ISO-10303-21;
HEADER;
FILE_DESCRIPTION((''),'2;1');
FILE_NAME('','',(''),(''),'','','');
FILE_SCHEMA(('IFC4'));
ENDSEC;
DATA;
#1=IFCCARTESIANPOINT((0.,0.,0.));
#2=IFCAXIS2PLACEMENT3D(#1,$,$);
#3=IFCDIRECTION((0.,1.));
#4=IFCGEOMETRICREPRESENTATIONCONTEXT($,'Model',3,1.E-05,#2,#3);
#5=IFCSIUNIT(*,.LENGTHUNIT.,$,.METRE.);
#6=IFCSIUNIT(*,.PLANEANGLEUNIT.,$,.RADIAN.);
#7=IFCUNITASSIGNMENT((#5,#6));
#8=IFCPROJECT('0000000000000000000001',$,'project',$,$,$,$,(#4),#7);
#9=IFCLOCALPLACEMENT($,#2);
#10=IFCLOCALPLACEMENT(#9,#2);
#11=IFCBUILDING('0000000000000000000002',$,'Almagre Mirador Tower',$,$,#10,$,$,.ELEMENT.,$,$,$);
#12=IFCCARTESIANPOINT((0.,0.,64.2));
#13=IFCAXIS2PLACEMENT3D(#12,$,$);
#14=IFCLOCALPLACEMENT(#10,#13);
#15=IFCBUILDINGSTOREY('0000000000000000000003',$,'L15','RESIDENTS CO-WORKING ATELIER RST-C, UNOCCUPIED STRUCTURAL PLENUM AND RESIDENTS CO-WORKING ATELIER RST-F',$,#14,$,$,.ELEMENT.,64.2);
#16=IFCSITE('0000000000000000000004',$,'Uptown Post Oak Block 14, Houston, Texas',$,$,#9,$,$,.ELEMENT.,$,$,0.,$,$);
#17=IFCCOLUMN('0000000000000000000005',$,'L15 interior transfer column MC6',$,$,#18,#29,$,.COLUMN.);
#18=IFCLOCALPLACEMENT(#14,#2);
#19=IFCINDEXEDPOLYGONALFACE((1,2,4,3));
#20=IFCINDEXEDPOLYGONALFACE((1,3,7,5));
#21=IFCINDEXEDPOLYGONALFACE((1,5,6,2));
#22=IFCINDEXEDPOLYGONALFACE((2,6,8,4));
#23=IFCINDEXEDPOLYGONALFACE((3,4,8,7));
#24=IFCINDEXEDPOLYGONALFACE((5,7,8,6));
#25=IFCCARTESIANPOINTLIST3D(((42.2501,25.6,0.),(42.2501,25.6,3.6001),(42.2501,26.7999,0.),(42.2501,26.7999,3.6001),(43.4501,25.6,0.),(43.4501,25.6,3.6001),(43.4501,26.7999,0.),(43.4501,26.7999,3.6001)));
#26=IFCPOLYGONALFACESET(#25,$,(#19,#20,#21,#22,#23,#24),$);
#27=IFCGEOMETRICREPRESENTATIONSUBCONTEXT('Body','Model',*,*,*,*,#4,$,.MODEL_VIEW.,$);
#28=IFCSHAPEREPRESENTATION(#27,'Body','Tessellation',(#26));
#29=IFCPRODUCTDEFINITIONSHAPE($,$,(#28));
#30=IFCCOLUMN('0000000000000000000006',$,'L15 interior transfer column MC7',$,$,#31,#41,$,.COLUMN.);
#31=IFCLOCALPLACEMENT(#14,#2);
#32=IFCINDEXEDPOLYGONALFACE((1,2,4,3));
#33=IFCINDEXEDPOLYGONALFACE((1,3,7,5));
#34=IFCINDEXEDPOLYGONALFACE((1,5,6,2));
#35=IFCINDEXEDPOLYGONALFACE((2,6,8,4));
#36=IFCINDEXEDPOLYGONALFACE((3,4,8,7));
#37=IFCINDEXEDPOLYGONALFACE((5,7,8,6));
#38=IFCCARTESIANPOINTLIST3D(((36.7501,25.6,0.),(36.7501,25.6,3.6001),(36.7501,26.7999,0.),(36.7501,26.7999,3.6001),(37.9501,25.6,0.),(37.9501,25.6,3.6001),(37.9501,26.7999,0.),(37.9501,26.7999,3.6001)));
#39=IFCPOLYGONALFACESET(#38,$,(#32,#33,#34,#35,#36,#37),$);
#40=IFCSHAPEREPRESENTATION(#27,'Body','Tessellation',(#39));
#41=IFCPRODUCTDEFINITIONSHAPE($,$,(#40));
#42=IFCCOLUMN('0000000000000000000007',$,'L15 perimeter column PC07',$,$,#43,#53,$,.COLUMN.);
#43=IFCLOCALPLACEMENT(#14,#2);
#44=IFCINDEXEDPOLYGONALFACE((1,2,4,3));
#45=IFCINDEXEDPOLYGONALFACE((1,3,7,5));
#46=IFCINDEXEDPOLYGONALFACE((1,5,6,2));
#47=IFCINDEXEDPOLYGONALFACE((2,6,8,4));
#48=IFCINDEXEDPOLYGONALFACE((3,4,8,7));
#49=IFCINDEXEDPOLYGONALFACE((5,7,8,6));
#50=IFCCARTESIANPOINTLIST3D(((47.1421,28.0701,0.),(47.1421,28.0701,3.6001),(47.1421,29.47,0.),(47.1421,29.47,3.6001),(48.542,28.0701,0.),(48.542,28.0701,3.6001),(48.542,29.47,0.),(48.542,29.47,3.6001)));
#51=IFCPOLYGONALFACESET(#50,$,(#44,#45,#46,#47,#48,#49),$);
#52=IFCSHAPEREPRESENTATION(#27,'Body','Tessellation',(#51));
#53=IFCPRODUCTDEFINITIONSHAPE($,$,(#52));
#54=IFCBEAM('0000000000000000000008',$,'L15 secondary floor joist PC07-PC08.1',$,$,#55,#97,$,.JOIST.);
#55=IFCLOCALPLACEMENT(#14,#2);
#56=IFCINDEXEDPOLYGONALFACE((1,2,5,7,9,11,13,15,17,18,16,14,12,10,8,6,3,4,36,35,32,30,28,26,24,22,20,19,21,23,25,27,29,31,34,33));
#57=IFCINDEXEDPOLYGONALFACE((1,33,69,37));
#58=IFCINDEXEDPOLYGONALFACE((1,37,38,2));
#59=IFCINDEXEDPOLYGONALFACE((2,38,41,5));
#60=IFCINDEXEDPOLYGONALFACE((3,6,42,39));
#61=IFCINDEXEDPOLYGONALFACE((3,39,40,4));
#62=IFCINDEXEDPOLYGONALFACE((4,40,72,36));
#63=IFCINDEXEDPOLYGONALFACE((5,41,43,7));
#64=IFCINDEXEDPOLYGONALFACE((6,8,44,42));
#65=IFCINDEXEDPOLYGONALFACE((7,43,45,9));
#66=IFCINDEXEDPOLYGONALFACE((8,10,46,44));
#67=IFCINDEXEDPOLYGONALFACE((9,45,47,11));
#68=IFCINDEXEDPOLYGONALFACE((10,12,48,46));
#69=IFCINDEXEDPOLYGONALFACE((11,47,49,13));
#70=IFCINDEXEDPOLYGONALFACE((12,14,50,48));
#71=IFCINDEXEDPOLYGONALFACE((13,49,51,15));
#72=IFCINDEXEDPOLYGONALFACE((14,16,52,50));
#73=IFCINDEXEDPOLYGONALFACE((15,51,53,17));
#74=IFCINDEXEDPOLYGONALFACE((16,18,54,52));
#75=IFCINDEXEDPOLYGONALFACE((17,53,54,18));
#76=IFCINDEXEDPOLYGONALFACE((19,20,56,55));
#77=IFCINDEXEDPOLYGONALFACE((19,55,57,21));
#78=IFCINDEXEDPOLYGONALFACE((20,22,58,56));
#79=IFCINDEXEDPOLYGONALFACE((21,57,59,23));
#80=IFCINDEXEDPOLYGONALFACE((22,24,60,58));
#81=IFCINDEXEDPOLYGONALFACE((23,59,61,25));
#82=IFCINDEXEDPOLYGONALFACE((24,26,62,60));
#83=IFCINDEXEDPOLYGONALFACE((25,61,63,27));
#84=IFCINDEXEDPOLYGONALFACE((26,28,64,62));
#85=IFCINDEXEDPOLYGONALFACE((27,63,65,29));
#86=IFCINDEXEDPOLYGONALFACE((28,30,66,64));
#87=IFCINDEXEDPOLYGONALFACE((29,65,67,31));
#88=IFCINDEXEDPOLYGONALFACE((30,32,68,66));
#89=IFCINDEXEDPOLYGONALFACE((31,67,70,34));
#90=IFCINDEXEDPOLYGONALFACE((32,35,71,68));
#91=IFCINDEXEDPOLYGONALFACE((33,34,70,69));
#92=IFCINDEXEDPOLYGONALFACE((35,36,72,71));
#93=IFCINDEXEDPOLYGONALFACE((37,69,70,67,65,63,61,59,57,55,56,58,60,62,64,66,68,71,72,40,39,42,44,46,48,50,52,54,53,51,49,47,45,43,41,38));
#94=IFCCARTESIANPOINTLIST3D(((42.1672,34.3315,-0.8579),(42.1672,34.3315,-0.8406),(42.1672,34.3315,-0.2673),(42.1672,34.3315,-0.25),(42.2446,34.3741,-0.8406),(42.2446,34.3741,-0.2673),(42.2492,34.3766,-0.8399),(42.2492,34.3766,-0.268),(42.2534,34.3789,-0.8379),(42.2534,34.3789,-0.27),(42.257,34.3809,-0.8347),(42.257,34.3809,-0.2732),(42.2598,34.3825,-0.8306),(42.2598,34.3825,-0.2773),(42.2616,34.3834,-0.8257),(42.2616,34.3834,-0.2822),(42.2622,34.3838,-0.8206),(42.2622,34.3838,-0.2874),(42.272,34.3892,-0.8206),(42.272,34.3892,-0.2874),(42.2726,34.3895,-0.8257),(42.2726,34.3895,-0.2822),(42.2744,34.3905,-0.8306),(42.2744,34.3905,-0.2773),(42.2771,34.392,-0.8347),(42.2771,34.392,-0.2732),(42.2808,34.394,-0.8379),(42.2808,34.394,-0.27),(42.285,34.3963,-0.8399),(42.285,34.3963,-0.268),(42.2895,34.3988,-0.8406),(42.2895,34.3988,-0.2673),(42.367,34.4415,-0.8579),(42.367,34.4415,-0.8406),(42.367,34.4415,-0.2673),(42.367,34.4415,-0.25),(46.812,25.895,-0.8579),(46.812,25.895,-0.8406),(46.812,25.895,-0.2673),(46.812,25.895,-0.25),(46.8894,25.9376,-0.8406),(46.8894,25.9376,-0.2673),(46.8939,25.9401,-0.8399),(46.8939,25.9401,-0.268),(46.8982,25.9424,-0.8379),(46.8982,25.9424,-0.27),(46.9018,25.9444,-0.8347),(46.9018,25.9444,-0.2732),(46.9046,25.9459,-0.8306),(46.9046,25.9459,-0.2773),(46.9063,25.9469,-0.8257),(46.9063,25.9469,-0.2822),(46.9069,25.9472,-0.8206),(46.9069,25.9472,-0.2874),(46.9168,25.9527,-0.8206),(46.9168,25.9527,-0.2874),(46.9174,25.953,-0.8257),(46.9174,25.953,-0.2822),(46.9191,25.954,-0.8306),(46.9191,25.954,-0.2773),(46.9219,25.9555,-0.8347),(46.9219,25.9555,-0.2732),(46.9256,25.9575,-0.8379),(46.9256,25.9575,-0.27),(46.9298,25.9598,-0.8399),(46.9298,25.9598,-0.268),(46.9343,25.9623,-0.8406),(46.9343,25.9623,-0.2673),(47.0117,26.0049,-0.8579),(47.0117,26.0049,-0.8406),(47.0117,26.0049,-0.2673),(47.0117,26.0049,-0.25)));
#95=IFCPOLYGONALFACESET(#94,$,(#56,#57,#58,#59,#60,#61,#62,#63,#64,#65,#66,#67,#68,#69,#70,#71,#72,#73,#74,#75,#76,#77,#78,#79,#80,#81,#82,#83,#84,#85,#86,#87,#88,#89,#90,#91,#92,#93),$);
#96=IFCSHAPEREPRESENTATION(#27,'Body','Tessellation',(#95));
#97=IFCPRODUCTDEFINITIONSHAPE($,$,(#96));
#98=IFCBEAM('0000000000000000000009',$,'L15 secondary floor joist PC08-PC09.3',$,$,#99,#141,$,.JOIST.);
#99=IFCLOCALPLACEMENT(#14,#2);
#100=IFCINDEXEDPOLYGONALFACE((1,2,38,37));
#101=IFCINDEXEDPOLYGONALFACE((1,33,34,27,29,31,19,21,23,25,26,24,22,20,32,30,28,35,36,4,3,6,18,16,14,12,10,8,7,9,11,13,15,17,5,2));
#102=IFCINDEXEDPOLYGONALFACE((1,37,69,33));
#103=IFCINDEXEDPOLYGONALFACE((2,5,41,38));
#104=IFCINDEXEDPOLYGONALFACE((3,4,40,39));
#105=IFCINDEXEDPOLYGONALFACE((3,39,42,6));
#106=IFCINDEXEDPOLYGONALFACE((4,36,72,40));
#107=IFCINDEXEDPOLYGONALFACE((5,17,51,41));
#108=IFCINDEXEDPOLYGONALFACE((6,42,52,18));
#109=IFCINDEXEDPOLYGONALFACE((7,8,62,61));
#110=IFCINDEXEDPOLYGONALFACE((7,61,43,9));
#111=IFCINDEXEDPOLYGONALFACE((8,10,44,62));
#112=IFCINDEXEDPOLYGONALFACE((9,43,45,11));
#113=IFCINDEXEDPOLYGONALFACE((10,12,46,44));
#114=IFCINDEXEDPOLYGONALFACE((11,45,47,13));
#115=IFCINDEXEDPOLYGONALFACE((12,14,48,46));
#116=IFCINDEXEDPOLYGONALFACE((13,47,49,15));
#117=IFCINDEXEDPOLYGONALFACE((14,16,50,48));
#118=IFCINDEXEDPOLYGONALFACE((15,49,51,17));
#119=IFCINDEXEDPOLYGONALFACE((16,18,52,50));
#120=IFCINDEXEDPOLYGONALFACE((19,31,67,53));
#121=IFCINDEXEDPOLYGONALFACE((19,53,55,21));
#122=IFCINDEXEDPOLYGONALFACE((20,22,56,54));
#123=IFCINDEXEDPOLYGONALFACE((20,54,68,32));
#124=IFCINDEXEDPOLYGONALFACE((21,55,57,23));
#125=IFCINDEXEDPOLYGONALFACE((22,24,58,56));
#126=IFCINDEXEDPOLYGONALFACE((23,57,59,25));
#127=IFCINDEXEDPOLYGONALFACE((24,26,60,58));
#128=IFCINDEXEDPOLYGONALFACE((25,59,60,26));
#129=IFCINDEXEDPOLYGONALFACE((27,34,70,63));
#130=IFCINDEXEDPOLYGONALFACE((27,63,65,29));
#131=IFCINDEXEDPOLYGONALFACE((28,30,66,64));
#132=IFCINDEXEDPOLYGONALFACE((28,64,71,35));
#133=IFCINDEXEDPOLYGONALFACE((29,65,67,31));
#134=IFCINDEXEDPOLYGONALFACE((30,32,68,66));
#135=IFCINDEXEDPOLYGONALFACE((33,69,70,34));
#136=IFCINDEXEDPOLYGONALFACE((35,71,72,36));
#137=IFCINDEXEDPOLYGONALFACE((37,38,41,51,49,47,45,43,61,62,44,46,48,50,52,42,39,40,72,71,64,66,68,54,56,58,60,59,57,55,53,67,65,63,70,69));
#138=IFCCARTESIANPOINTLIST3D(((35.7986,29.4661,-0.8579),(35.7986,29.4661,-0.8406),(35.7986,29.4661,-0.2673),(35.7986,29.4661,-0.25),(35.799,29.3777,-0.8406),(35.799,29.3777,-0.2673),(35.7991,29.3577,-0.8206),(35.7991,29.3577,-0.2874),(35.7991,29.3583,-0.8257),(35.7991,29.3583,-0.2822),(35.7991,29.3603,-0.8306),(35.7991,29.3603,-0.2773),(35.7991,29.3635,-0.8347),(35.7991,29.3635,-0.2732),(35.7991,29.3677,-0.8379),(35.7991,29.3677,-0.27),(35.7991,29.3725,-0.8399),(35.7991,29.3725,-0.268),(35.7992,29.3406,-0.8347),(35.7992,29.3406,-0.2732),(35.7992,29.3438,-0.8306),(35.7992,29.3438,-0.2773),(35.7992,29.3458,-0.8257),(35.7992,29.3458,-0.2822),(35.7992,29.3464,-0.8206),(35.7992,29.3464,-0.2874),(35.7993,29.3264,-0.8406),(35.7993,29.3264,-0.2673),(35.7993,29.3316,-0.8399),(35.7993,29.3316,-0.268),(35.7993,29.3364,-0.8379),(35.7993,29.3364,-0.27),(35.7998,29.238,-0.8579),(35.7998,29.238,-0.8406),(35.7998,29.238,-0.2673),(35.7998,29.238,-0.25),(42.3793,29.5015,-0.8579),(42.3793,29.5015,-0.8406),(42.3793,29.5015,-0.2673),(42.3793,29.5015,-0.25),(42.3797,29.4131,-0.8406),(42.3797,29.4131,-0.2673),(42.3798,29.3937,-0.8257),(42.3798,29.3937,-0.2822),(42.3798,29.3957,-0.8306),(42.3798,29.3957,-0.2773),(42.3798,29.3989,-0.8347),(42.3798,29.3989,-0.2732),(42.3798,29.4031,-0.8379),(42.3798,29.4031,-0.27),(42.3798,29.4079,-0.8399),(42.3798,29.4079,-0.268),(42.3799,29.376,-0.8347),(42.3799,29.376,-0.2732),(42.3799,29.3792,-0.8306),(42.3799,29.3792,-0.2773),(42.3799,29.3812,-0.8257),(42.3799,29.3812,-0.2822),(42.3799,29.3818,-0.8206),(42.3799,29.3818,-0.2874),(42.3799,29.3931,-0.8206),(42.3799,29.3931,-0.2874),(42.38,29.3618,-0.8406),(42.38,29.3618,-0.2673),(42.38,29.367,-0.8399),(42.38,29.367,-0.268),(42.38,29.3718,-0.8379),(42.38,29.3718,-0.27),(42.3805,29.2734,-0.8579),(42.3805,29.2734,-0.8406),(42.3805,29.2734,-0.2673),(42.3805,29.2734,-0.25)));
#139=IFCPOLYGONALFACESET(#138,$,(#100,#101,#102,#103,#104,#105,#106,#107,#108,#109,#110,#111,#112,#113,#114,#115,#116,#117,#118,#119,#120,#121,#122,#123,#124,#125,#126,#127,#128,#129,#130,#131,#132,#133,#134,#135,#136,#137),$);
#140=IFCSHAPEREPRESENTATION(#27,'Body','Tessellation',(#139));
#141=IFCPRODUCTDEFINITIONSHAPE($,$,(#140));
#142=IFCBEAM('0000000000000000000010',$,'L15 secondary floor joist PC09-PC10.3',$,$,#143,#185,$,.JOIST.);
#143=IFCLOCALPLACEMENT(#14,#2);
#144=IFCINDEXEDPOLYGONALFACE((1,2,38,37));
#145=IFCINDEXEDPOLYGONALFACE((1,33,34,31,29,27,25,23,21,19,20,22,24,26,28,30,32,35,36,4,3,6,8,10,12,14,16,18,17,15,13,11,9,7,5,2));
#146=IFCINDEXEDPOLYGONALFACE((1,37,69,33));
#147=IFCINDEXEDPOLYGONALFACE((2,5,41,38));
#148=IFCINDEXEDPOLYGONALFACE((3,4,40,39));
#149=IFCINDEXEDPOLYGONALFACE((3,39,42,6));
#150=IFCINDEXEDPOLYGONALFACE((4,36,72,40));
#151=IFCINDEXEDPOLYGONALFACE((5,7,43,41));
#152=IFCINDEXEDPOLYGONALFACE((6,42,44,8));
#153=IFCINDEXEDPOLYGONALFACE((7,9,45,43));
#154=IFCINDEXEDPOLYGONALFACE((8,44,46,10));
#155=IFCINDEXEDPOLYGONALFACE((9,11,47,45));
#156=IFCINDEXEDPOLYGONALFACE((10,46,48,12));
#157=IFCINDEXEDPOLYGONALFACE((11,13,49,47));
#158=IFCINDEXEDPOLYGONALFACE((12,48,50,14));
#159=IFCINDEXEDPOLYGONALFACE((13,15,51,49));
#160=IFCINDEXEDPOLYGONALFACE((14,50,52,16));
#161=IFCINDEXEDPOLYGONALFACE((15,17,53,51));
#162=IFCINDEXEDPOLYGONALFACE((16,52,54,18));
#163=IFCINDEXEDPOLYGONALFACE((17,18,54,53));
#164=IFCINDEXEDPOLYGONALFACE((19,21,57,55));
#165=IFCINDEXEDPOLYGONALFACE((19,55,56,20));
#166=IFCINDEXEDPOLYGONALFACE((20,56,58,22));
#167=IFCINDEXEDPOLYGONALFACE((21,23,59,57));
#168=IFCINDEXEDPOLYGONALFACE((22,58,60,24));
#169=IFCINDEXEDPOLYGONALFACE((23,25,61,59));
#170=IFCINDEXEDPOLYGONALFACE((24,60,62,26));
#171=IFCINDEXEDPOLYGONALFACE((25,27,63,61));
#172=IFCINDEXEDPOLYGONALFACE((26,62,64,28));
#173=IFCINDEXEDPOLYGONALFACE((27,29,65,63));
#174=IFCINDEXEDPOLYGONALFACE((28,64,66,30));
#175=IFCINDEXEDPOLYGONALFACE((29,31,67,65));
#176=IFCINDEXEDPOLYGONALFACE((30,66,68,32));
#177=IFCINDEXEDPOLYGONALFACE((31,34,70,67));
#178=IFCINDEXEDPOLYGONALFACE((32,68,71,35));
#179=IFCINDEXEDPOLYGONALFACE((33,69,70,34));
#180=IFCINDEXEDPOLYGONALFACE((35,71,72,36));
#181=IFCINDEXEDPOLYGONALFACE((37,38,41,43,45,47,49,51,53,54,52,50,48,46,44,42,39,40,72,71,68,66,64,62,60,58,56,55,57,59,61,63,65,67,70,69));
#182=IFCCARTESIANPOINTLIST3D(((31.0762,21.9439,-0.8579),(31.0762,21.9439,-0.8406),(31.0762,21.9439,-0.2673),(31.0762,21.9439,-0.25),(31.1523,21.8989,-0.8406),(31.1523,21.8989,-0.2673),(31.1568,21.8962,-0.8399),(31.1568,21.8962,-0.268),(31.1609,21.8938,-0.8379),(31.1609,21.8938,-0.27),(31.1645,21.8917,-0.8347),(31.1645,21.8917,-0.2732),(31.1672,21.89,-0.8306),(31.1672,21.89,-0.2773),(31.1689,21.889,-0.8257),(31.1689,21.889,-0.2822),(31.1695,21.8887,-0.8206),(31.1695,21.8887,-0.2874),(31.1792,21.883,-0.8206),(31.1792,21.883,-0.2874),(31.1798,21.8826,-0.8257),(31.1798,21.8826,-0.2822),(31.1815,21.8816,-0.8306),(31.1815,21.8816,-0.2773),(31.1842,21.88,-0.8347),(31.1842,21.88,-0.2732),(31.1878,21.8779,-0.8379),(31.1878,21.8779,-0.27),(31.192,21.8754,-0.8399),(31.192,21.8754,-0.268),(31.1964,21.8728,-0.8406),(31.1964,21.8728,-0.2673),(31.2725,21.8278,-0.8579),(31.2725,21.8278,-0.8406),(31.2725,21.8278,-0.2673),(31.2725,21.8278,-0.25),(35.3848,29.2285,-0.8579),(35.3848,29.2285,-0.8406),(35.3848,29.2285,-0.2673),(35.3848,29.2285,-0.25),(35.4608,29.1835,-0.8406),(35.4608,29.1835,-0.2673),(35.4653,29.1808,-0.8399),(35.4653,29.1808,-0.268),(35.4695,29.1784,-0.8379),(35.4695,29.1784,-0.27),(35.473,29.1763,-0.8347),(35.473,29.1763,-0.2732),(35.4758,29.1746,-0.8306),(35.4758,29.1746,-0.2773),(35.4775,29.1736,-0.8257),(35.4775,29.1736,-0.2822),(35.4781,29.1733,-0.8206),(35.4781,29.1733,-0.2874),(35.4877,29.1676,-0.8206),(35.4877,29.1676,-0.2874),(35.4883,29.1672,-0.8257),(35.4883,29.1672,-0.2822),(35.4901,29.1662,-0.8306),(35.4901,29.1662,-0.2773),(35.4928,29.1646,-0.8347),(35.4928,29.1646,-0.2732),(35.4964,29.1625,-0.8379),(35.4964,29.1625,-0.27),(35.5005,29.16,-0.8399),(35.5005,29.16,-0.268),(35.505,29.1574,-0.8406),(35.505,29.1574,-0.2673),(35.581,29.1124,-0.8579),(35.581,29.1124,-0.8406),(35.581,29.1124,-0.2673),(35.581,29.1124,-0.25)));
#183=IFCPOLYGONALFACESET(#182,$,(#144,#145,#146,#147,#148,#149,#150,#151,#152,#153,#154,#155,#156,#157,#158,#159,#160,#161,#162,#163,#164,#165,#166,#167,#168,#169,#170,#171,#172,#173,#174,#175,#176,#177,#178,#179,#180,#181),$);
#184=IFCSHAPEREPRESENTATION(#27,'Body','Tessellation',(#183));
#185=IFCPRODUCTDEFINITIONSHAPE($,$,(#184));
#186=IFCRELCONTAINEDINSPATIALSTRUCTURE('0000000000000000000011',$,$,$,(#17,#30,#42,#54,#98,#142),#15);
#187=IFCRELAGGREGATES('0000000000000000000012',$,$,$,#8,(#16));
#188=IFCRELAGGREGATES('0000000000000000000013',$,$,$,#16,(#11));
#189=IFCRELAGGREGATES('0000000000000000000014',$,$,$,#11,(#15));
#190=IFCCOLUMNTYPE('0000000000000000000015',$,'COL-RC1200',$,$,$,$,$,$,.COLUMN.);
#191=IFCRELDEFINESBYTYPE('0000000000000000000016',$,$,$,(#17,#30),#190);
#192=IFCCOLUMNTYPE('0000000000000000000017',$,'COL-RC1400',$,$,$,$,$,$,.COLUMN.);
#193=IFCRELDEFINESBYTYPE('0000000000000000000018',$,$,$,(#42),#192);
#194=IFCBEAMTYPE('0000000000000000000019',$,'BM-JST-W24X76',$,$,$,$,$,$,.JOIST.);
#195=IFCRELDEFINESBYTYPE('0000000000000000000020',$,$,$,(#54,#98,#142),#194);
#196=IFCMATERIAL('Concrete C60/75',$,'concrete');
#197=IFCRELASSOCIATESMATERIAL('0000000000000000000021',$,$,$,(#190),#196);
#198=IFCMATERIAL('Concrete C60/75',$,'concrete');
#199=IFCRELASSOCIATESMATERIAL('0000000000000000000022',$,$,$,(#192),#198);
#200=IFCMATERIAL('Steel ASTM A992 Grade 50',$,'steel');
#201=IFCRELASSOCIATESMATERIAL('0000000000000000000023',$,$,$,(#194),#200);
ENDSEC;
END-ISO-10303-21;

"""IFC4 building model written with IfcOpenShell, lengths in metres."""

from ifc_helpers import new_model, si_unit, direction, frame, origin, origin_2d, place, context, subcontext, project, spatial, rectangle, i_section, extrude, material, material_profile, profile_set, type_object, element, save


model = new_model("IFC4")

# Units and contexts
model_context = context("Model", 3, precision=1e-05, world=origin(), true_north=direction((0.0, 1.0)))
body_context = subcontext(model_context, "Body", "Model", "MODEL_VIEW")
ifc_project = project(units=[si_unit("LENGTHUNIT", "METRE"), si_unit("PLANEANGLEUNIT", "RADIAN")], contexts=[model_context])

# Site, building, storey
site_placement = place(None, origin())
site = spatial("IfcSite", under=ifc_project, at=site_placement, Name="Uptown Post Oak Block 14, Houston, Texas", CompositionType="ELEMENT", RefElevation=0.0)
building_placement = place(site_placement, origin())
building = spatial("IfcBuilding", under=site, at=building_placement, Name="Almagre Mirador Tower", CompositionType="ELEMENT")
storey_placement = place(building_placement, frame((0.0, 0.0, 64.2)))
storey = spatial("IfcBuildingStorey", under=building, at=storey_placement, Name="L15", Description="RESIDENTS CO-WORKING ATELIER RST-C, UNOCCUPIED STRUCTURAL PLENUM AND RESIDENTS CO-WORKING ATELIER RST-F", CompositionType="ELEMENT", Elevation=64.2)

# Columns
ifc_material_1 = material(Name="Concrete C60/75", Category="concrete")
ifc_material_profile_1 = material_profile(ifc_material_1, rectangle(XDim=1.2, YDim=1.2, at=origin_2d()), Name="RC1200X1200")
ifc_profile_set_1 = profile_set([ifc_material_profile_1], Name="Concrete C60/75")
column_type_1 = type_object("IfcColumnType", Name="COL-RC1200", PredefinedType="COLUMN", material=ifc_profile_set_1)
for number, where, z_axis, x_axis, name in (
    (1, (42.8501, 26.2, 0.0), (0.0, 0.0, 1.0), (1.0, 0.0, 0.0), "L15 interior transfer column MC6"),
    (2, (37.3501, 26.2, 0.0), (0.0, 0.0, 1.0), (1.0, 0.0, 0.0), "L15 interior transfer column MC7"),
):
    element("IfcColumn", number, at=place(storey_placement, frame(where, z_axis=z_axis, x_axis=x_axis)), inside=storey, type_object=column_type_1, Name=name, PredefinedType="COLUMN", context=body_context, shape_type="SweptSolid", body=[
        extrude(rectangle(XDim=1.2, YDim=1.2, at=origin_2d()), origin(), (0.0, 0.0, 1.0), 3.6001),
    ])
ifc_material_2 = material(Name="Concrete C60/75", Category="concrete")
ifc_material_profile_2 = material_profile(ifc_material_2, rectangle(XDim=1.3999, YDim=1.3999, at=origin_2d()), Name="RC1400X1400")
ifc_profile_set_2 = profile_set([ifc_material_profile_2], Name="Concrete C60/75")
column_type_2 = type_object("IfcColumnType", Name="COL-RC1400", PredefinedType="COLUMN", material=ifc_profile_set_2)
column_placement = place(storey_placement, frame((47.842, 28.77, 0.0), z_axis=(0.0, 0.0, 1.0), x_axis=(1.0, 0.0, 0.0)))
element("IfcColumn", 3, at=column_placement, inside=storey, type_object=column_type_2, Name="L15 perimeter column PC07", PredefinedType="COLUMN", context=body_context, shape_type="SweptSolid", body=[
    extrude(rectangle(XDim=1.3999, YDim=1.3999, at=origin_2d()), origin(), (0.0, 0.0, 1.0), 3.6001),
])

# Beams
ifc_material_3 = material(Name="Steel ASTM A992 Grade 50", Category="steel")
ifc_material_profile_3 = material_profile(ifc_material_3, i_section(OverallWidth=0.228, OverallDepth=0.6079, WebThickness=0.0112, FlangeThickness=0.0173, FilletRadius=0.02, at=origin_2d()), Name="W24X76")
ifc_profile_set_3 = profile_set([ifc_material_profile_3], Name="Steel ASTM A992 Grade 50")
beam_type_1 = type_object("IfcBeamType", Name="BM-JST-W24X76", PredefinedType="JOIST", material=ifc_profile_set_3)
beam_1_placement = place(storey_placement, frame((46.9119, 25.95, -0.554), z_axis=(-0.482292, 0.87601, 0.0), x_axis=(-0.87601, -0.482292, 0.0)))
element("IfcBeam", 4, at=beam_1_placement, inside=storey, type_object=beam_type_1, Name="L15 secondary floor joist PC07-PC08.1", PredefinedType="JOIST", context=body_context, shape_type="SweptSolid", body=[
    extrude(i_section(OverallWidth=0.228, OverallDepth=0.6079, WebThickness=0.0112, FlangeThickness=0.0173, FilletRadius=0.02, at=origin_2d()), origin(), (0.0, 0.0, 1.0), 9.6306),
])
beam_2_placement = place(storey_placement, frame((42.3799, 29.3875, -0.554), z_axis=(-0.999986, -0.005379, 0.0), x_axis=(0.005379, -0.999986, 0.0)))
element("IfcBeam", 5, at=beam_2_placement, inside=storey, type_object=beam_type_1, Name="L15 secondary floor joist PC08-PC09.3", PredefinedType="JOIST", context=body_context, shape_type="SweptSolid", body=[
    extrude(i_section(OverallWidth=0.228, OverallDepth=0.6079, WebThickness=0.0112, FlangeThickness=0.0173, FilletRadius=0.02, at=origin_2d()), origin(), (0.0, 0.0, 1.0), 6.5808),
])
beam_3_placement = place(storey_placement, frame((35.4829, 29.1704, -0.554), z_axis=(-0.509081, -0.860719, 0.0), x_axis=(0.860719, -0.509081, 0.0)))
element("IfcBeam", 6, at=beam_3_placement, inside=storey, type_object=beam_type_1, Name="L15 secondary floor joist PC09-PC10.3", PredefinedType="JOIST", context=body_context, shape_type="SweptSolid", body=[
    extrude(i_section(OverallWidth=0.228, OverallDepth=0.6079, WebThickness=0.0112, FlangeThickness=0.0173, FilletRadius=0.02, at=origin_2d()), origin(), (0.0, 0.0, 1.0), 8.4634),
])

save(model, "model.ifc")
